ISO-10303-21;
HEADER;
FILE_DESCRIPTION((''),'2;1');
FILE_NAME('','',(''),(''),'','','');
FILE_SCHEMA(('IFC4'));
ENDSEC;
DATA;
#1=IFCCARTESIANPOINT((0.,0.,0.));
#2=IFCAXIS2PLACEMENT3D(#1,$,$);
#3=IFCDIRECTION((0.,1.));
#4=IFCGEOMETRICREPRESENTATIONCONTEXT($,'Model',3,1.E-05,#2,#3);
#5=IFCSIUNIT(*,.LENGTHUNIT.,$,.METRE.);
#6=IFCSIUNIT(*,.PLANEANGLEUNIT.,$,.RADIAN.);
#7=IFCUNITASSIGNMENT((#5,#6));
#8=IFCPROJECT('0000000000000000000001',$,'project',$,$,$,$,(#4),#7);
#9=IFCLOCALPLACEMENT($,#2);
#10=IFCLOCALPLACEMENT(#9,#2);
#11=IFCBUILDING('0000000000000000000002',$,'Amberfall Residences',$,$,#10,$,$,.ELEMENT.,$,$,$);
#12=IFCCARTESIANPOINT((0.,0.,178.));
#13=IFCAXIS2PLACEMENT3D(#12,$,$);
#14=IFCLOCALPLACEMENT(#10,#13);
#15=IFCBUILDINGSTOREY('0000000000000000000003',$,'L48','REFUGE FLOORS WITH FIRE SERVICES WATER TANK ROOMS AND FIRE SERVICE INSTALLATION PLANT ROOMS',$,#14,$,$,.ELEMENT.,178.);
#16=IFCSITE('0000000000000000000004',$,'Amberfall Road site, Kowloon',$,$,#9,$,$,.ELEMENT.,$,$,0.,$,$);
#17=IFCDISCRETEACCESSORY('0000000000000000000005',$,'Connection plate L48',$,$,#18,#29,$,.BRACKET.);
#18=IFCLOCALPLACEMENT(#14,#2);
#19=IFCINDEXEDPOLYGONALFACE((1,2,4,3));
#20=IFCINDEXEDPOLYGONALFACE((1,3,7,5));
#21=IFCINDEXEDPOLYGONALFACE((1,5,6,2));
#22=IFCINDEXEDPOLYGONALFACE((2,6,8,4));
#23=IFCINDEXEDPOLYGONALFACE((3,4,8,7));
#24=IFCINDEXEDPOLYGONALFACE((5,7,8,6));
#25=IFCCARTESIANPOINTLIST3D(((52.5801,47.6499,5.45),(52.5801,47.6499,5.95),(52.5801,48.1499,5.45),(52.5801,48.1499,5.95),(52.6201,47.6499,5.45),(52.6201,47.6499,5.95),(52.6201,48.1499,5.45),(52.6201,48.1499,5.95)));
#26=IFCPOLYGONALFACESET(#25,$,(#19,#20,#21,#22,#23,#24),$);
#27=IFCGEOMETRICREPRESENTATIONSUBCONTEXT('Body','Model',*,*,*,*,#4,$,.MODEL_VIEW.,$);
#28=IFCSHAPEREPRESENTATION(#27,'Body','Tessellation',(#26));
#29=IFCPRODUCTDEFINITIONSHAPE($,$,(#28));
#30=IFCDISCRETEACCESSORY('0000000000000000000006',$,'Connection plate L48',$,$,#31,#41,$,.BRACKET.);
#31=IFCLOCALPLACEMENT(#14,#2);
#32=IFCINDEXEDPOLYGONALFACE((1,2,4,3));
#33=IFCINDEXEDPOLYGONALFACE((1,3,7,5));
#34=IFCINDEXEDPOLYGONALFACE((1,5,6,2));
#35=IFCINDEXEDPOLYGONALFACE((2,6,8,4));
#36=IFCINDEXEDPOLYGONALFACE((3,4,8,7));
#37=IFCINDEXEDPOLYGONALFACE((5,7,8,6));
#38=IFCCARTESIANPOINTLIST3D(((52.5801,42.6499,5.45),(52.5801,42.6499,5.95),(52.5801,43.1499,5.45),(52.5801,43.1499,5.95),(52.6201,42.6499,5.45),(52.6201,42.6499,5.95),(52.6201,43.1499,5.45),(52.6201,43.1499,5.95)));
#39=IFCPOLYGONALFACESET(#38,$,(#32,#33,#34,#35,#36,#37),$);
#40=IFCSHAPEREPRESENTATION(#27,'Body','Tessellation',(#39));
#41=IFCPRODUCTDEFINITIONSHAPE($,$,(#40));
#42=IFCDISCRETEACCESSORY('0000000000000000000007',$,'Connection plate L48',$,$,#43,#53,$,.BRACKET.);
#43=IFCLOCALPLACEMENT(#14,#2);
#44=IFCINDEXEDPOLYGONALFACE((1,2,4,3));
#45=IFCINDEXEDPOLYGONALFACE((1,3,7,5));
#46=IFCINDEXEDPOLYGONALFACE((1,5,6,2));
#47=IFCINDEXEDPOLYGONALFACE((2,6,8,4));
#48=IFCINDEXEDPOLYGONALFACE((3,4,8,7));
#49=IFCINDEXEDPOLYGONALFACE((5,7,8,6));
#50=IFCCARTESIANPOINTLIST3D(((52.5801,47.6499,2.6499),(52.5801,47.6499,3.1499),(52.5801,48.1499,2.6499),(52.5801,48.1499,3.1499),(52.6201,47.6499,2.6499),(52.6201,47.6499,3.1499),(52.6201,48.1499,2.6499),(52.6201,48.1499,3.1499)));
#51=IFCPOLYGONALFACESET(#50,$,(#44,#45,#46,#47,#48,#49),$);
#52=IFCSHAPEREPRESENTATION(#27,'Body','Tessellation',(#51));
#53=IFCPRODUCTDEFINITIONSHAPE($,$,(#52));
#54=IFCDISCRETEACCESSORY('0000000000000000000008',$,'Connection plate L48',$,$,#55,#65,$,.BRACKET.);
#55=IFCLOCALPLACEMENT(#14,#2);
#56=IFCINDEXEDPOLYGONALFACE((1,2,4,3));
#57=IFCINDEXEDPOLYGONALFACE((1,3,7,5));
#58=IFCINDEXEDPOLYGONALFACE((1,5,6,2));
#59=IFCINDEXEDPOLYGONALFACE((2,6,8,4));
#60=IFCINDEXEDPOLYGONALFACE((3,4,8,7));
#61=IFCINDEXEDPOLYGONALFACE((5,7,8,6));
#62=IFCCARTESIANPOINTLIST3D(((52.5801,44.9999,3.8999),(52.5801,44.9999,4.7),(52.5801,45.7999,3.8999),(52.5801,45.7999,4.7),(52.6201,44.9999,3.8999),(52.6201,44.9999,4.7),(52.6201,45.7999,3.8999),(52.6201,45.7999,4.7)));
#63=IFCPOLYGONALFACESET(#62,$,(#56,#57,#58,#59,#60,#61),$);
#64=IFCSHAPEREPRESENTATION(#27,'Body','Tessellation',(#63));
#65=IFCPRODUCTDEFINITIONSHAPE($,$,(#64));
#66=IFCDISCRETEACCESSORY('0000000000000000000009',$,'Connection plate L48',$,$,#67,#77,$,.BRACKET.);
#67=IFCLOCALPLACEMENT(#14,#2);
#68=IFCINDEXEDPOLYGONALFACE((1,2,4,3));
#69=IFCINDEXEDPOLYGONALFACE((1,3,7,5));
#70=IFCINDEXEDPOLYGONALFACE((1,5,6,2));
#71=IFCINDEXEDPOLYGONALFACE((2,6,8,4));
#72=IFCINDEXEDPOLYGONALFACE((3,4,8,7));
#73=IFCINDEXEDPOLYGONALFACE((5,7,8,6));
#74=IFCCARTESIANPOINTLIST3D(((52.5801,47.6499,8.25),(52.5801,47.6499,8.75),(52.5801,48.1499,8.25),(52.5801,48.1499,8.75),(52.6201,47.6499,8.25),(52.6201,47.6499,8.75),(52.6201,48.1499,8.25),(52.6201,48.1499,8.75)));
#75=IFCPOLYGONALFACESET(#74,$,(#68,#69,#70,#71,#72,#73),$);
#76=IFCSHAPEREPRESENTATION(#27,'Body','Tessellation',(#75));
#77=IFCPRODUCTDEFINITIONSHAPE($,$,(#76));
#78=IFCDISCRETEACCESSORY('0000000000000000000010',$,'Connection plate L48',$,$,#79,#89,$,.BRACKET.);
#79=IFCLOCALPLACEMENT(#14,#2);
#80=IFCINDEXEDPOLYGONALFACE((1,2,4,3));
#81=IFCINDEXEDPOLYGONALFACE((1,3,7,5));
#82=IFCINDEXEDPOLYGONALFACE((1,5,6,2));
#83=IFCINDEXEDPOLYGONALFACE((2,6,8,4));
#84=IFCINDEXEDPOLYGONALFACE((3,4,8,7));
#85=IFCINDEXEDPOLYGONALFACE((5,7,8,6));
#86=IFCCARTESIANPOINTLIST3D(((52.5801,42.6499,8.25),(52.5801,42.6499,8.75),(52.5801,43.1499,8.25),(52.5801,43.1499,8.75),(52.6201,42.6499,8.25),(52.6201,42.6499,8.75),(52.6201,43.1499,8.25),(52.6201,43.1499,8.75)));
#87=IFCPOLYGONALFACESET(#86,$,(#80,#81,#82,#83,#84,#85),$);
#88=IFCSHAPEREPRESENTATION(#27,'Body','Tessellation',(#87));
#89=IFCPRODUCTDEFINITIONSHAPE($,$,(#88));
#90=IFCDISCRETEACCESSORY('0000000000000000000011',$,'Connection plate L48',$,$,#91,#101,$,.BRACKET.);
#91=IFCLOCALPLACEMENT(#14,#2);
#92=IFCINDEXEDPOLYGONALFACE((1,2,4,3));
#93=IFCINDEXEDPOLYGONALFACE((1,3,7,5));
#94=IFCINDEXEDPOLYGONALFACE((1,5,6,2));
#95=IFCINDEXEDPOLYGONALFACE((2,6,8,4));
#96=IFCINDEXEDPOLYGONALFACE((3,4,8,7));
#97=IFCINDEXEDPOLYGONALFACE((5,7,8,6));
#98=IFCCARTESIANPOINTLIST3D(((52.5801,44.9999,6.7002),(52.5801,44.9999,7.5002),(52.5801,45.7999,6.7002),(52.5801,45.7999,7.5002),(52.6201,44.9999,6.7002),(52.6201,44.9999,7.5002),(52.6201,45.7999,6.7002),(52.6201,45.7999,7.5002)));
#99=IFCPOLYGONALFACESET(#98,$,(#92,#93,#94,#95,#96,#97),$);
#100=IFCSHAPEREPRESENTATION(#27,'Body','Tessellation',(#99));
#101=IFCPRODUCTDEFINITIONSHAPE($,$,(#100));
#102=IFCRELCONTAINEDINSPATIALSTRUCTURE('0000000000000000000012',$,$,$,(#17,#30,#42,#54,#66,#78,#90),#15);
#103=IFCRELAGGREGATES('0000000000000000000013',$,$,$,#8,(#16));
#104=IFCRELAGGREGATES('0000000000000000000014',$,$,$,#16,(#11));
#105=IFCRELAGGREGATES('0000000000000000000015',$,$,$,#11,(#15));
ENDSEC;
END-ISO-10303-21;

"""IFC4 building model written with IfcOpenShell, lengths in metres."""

from ifc_helpers import new_model, si_unit, direction, frame, origin, origin_2d, place, context, subcontext, project, spatial, rectangle, extrude, element, save


model = new_model("IFC4")

# Units and contexts
model_context = context("Model", 3, precision=1e-05, world=origin(), true_north=direction((0.0, 1.0)))
body_context = subcontext(model_context, "Body", "Model", "MODEL_VIEW")
ifc_project = project(units=[si_unit("LENGTHUNIT", "METRE"), si_unit("PLANEANGLEUNIT", "RADIAN")], contexts=[model_context])

# Site, building, storey
site_placement = place(None, origin())
site = spatial("IfcSite", under=ifc_project, at=site_placement, Name="Amberfall Road site, Kowloon", CompositionType="ELEMENT", RefElevation=0.0)
building_placement = place(site_placement, origin())
building = spatial("IfcBuilding", under=site, at=building_placement, Name="Amberfall Residences", CompositionType="ELEMENT")
storey_placement = place(building_placement, frame((0.0, 0.0, 178.0)))
storey = spatial("IfcBuildingStorey", under=building, at=storey_placement, Name="L48", Description="REFUGE FLOORS WITH FIRE SERVICES WATER TANK ROOMS AND FIRE SERVICE INSTALLATION PLANT ROOMS", CompositionType="ELEMENT", Elevation=178.0)

# Discrete accessories
for number, where, z_axis, x_axis, name in (
    (1, (52.6001, 47.8999, 5.45), (0.0, 0.0, 1.0), (0.0, 1.0, 0.0), "Connection plate L48"),
    (2, (52.6001, 42.8999, 5.45), (0.0, 0.0, 1.0), (0.0, 1.0, 0.0), "Connection plate L48"),
    (3, (52.6001, 47.8999, 2.6499), (0.0, 0.0, 1.0), (0.0, 1.0, 0.0), "Connection plate L48"),
):
    element("IfcDiscreteAccessory", number, at=place(storey_placement, frame(where, z_axis=z_axis, x_axis=x_axis)), inside=storey, Name=name, PredefinedType="BRACKET", context=body_context, shape_type="SweptSolid", body=[
        extrude(rectangle(XDim=0.5, YDim=0.04, at=origin_2d()), origin(), (0.0, 0.0, 1.0), 0.5),
    ])
discrete_accessory_1_placement = place(storey_placement, frame((52.6001, 45.3999, 3.8999), z_axis=(0.0, 0.0, 1.0), x_axis=(0.0, 1.0, 0.0)))
element("IfcDiscreteAccessory", 4, at=discrete_accessory_1_placement, inside=storey, Name="Connection plate L48", PredefinedType="BRACKET", context=body_context, shape_type="SweptSolid", body=[
    extrude(rectangle(XDim=0.8, YDim=0.04, at=origin_2d()), origin(), (0.0, 0.0, 1.0), 0.8),
])
for number, where, z_axis, x_axis, name in (
    (5, (52.6001, 47.8999, 8.25), (0.0, 0.0, 1.0), (0.0, 1.0, 0.0), "Connection plate L48"),
    (6, (52.6001, 42.8999, 8.25), (0.0, 0.0, 1.0), (0.0, 1.0, 0.0), "Connection plate L48"),
):
    element("IfcDiscreteAccessory", number, at=place(storey_placement, frame(where, z_axis=z_axis, x_axis=x_axis)), inside=storey, Name=name, PredefinedType="BRACKET", context=body_context, shape_type="SweptSolid", body=[
        extrude(rectangle(XDim=0.5, YDim=0.04, at=origin_2d()), origin(), (0.0, 0.0, 1.0), 0.5),
    ])
discrete_accessory_2_placement = place(storey_placement, frame((52.6001, 45.3999, 6.7002), z_axis=(0.0, 0.0, 1.0), x_axis=(0.0, 1.0, 0.0)))
element("IfcDiscreteAccessory", 7, at=discrete_accessory_2_placement, inside=storey, Name="Connection plate L48", PredefinedType="BRACKET", context=body_context, shape_type="SweptSolid", body=[
    extrude(rectangle(XDim=0.8, YDim=0.04, at=origin_2d()), origin(), (0.0, 0.0, 1.0), 0.8),
])

save(model, "model.ifc")
